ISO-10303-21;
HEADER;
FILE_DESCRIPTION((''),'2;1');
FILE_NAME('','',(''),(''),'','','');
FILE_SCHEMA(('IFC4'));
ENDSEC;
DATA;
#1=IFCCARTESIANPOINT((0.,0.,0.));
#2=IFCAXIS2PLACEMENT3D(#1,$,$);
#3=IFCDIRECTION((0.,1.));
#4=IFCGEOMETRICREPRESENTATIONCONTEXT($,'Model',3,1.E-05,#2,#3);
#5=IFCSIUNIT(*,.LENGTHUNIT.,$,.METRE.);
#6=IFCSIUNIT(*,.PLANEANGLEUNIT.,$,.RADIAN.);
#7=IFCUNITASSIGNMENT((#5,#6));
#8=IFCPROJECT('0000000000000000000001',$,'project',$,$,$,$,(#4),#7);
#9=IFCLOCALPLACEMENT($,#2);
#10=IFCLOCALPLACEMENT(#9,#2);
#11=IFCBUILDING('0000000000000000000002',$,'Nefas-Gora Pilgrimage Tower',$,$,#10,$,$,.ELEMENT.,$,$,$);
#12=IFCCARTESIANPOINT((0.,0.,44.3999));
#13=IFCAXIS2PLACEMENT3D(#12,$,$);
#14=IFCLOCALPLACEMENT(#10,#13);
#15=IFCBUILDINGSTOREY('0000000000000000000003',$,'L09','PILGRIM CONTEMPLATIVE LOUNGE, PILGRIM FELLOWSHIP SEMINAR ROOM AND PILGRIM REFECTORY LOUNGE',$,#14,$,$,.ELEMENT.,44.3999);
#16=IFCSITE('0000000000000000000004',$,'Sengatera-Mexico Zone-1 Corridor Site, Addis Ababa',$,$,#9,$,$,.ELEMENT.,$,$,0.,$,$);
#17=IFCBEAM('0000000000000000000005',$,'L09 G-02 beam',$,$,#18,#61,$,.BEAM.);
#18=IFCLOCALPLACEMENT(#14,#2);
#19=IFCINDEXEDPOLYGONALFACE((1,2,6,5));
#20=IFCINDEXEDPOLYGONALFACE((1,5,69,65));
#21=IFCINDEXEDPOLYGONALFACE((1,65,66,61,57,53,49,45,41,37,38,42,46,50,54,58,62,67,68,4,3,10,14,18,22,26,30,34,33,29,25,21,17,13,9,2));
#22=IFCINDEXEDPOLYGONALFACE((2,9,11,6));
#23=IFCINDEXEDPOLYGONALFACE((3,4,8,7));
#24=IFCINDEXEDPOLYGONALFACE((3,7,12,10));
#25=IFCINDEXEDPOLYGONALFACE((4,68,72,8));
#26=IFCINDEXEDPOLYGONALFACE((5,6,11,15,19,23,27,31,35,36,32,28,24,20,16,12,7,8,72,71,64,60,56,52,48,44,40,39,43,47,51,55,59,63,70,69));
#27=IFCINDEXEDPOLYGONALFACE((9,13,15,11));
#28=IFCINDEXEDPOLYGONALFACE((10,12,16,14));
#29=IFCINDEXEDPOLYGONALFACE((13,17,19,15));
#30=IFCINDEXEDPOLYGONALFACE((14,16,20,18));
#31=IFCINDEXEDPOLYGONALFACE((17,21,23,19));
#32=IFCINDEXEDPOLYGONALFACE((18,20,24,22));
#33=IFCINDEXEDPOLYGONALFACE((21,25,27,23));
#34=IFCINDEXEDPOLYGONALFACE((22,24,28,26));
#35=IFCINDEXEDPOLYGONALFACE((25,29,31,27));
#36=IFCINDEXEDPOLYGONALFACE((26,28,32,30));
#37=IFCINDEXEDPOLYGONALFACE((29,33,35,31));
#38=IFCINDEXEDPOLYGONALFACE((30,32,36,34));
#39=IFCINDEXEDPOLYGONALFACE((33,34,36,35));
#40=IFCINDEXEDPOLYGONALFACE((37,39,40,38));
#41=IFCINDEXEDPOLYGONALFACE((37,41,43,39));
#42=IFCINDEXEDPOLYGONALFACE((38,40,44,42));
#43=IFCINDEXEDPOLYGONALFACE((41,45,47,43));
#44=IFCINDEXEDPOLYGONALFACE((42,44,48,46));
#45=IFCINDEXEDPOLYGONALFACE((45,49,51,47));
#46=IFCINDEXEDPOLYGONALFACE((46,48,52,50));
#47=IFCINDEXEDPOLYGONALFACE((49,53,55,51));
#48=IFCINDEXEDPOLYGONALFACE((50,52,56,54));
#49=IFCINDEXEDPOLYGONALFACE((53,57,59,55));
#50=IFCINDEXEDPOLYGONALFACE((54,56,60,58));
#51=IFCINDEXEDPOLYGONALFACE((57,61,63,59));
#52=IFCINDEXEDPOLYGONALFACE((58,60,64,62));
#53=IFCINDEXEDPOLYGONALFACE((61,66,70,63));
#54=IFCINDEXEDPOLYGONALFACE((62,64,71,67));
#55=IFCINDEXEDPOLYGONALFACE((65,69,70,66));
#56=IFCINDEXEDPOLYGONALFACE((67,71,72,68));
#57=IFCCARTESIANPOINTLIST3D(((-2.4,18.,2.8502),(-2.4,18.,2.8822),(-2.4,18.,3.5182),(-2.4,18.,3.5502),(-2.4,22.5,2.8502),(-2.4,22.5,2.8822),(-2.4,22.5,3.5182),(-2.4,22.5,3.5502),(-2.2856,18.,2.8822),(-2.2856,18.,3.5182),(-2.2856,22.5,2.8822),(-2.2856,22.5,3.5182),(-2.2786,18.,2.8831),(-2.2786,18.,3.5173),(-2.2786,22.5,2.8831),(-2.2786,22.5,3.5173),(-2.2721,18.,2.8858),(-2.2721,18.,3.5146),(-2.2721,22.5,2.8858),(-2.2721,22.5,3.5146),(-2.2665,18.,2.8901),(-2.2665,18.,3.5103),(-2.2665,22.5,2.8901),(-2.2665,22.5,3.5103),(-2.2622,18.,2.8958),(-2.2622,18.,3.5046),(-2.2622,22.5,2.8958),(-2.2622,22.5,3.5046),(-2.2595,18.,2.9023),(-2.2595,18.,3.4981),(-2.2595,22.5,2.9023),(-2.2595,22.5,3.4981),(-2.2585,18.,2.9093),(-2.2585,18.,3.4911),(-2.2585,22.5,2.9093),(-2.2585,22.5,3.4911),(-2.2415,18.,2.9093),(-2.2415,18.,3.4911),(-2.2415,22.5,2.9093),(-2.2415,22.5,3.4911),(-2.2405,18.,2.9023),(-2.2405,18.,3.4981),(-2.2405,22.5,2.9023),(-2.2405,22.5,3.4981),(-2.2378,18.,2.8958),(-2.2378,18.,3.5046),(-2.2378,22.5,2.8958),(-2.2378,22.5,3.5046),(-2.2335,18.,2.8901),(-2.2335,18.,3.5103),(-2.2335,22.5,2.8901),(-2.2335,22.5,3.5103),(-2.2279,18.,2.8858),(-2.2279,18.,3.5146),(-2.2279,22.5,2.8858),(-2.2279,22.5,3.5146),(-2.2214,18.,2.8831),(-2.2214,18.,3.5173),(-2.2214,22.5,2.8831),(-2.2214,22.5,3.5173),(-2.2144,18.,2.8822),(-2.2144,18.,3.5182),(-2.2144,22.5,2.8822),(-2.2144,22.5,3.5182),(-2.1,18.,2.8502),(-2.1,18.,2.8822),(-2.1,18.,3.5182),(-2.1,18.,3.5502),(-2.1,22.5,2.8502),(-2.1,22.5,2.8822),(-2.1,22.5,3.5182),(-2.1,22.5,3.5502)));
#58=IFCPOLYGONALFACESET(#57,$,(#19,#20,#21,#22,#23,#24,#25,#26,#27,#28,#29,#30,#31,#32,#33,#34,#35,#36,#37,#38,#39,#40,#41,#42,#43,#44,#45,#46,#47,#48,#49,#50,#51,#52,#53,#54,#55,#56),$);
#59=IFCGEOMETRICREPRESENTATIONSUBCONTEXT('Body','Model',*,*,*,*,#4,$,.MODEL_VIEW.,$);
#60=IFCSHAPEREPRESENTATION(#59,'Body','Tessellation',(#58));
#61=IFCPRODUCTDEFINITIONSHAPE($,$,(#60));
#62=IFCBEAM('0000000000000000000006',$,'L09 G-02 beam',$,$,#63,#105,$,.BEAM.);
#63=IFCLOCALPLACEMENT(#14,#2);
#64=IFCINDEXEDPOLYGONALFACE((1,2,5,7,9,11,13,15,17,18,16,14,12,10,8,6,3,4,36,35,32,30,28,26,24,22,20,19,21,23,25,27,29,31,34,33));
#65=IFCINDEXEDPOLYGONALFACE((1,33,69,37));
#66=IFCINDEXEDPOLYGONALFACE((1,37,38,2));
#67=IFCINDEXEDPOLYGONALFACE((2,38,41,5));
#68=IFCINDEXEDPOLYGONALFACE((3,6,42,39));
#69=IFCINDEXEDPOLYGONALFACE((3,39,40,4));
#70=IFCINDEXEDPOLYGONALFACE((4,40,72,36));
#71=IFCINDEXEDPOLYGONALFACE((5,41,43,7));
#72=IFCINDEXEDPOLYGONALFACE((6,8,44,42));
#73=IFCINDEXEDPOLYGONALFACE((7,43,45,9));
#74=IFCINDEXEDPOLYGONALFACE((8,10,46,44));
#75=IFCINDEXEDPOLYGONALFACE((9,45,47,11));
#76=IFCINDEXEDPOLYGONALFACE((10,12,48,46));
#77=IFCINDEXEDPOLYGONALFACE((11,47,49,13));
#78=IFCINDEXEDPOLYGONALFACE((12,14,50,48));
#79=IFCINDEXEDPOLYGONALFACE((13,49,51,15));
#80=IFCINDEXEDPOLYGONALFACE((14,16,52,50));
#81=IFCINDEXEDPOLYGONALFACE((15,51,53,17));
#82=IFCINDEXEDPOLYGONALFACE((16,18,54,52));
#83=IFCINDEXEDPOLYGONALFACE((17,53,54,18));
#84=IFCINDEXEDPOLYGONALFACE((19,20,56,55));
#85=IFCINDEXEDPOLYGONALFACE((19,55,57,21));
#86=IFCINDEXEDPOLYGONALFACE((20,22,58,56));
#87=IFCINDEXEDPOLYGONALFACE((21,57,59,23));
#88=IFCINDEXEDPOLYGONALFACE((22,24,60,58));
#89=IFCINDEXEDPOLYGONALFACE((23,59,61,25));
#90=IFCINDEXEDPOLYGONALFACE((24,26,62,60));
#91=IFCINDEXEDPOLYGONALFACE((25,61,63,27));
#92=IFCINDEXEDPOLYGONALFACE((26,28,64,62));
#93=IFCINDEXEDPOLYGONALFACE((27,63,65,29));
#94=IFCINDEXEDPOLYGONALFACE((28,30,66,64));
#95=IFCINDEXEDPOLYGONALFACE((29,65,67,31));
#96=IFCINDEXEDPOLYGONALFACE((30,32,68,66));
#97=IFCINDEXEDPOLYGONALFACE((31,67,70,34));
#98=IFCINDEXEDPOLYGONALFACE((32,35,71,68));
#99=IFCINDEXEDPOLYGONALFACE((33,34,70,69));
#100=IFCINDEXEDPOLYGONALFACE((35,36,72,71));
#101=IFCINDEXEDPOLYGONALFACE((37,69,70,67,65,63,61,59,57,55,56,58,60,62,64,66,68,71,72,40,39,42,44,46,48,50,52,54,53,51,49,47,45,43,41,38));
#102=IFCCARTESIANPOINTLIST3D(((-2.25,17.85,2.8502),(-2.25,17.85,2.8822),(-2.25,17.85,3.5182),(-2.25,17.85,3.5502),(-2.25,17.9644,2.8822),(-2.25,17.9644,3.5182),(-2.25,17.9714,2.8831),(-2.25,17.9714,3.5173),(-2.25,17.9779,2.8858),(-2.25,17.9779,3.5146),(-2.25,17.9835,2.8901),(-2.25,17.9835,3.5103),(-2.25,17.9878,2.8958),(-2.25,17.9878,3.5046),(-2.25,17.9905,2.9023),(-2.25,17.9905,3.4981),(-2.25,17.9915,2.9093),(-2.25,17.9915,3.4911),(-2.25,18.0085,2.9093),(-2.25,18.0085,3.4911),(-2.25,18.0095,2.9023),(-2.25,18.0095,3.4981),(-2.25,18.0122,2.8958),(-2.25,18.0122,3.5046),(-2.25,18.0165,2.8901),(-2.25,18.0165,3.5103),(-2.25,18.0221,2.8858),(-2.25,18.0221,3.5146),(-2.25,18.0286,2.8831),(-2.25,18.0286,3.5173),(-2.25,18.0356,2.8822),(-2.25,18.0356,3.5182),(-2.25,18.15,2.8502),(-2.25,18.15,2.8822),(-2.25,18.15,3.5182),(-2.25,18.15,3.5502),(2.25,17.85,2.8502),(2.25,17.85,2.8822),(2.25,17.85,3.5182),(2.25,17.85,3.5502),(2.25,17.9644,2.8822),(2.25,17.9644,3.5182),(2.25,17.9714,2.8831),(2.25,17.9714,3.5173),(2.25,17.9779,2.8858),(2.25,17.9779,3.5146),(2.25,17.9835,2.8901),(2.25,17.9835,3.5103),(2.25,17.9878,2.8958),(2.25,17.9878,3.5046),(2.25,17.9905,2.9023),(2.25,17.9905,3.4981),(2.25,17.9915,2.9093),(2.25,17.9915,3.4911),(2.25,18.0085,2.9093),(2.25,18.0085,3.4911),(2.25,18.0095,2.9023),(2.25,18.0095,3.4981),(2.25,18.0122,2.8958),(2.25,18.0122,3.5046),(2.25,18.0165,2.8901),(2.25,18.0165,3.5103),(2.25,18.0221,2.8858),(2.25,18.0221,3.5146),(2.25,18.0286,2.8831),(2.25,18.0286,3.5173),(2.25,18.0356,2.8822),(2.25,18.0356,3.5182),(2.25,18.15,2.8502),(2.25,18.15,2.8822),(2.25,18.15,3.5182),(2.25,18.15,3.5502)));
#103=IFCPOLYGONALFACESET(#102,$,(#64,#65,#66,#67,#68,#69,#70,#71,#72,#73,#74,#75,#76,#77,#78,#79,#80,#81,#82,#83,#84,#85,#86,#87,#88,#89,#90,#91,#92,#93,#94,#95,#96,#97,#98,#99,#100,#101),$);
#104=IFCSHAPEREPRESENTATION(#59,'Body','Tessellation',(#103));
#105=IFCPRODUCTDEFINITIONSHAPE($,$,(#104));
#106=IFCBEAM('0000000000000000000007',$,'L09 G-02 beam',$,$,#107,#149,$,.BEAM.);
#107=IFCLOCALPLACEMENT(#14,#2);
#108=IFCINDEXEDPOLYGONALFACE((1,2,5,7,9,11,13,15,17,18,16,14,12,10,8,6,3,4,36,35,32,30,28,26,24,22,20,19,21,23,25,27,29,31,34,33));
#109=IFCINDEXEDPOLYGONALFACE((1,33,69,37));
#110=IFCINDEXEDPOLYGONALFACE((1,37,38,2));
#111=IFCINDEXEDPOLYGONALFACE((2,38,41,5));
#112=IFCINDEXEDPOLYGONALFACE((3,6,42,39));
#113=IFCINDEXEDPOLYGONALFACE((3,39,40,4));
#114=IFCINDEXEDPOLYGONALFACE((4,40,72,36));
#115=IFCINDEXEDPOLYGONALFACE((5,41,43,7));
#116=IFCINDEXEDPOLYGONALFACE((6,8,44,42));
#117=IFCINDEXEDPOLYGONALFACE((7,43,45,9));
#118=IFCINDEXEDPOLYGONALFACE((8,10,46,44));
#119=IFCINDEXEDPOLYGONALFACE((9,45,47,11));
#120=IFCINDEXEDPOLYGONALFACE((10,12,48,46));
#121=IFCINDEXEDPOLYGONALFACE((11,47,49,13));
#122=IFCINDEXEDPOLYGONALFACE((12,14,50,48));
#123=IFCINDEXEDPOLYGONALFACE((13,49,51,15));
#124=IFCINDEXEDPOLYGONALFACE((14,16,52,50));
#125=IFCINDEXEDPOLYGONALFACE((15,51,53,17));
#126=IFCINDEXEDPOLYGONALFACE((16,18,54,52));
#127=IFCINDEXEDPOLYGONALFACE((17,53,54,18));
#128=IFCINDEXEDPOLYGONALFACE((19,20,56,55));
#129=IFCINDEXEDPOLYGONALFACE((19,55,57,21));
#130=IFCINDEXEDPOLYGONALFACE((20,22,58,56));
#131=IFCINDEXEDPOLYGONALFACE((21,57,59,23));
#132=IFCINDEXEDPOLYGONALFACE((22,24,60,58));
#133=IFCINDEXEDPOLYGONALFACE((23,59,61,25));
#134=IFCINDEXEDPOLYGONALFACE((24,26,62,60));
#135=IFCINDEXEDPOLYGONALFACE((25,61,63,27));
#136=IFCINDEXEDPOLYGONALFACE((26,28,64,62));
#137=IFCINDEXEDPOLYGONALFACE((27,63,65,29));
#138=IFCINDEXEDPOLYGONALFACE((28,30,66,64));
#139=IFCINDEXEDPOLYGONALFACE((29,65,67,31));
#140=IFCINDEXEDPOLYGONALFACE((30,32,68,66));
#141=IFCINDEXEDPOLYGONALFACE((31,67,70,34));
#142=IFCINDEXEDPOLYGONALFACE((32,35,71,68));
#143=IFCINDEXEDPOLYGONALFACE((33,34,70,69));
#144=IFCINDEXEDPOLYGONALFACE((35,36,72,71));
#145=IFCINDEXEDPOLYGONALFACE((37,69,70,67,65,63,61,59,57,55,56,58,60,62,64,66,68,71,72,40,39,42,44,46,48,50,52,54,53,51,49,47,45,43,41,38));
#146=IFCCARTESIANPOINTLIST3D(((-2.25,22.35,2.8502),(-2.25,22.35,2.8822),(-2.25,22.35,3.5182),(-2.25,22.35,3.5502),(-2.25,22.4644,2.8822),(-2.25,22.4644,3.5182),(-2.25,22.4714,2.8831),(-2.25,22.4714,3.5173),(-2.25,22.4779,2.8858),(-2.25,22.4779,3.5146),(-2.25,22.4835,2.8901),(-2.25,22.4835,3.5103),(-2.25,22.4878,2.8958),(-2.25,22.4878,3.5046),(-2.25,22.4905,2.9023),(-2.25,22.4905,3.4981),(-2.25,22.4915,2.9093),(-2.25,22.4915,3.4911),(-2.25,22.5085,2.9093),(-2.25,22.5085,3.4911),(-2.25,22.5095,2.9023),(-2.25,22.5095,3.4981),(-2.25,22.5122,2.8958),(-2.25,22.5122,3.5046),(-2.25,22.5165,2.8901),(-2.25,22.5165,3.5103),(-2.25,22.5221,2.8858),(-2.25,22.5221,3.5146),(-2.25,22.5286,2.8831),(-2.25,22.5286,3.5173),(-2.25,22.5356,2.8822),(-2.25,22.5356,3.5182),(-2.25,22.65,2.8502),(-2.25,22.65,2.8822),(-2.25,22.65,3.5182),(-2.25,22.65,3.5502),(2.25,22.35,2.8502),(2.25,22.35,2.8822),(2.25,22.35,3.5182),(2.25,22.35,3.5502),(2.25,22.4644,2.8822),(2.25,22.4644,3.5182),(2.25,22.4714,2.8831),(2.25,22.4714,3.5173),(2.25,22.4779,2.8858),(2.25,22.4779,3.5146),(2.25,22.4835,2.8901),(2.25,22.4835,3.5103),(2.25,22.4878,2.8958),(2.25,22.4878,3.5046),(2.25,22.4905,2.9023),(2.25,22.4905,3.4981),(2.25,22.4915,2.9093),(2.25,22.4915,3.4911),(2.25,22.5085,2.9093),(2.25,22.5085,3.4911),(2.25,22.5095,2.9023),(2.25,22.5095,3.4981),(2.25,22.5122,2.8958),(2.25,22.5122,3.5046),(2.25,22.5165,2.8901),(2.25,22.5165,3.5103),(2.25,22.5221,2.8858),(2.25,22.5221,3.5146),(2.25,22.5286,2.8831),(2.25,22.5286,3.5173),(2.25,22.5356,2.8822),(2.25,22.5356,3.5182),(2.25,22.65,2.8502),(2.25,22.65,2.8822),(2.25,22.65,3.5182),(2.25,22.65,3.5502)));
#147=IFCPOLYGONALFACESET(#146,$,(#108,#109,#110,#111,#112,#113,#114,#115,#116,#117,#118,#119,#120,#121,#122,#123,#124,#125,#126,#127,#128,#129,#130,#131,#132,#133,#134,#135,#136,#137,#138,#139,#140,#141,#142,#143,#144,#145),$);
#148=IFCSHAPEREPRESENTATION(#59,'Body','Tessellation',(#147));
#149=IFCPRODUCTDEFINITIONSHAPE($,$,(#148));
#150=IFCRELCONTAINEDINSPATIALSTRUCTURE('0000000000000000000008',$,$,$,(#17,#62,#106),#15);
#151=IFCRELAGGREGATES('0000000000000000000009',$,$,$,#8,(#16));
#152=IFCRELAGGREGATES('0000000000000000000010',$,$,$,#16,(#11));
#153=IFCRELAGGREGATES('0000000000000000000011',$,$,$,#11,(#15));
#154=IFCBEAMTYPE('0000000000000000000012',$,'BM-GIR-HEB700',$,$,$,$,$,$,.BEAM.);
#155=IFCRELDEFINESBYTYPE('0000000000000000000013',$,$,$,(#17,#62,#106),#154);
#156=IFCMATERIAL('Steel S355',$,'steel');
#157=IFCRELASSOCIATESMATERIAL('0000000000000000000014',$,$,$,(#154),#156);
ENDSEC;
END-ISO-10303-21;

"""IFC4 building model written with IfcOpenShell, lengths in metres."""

from ifc_helpers import new_model, si_unit, direction, frame, origin, origin_2d, place, context, subcontext, project, spatial, i_section, extrude, source, transform, mapped, material, material_profile, profile_set, type_object, element, save


model = new_model("IFC4")

# Units and contexts
model_context = context("Model", 3, precision=1e-05, world=origin(), true_north=direction((0.0, 1.0)))
body_context = subcontext(model_context, "Body", "Model", "MODEL_VIEW")
ifc_project = project(units=[si_unit("LENGTHUNIT", "METRE"), si_unit("PLANEANGLEUNIT", "RADIAN")], contexts=[model_context])

# Site, building, storey
site_placement = place(None, origin())
site = spatial("IfcSite", under=ifc_project, at=site_placement, Name="Sengatera-Mexico Zone-1 Corridor Site, Addis Ababa", CompositionType="ELEMENT", RefElevation=0.0)
building_placement = place(site_placement, origin())
building = spatial("IfcBuilding", under=site, at=building_placement, Name="Nefas-Gora Pilgrimage Tower", CompositionType="ELEMENT")
storey_placement = place(building_placement, frame((0.0, 0.0, 44.3999)))
storey = spatial("IfcBuildingStorey", under=building, at=storey_placement, Name="L09", Description="PILGRIM CONTEMPLATIVE LOUNGE, PILGRIM FELLOWSHIP SEMINAR ROOM AND PILGRIM REFECTORY LOUNGE", CompositionType="ELEMENT", Elevation=44.3999)

# Beams
ifc_material_1 = material(Name="Steel S355", Category="steel")
ifc_material_profile_1 = material_profile(ifc_material_1, i_section(OverallWidth=0.3, OverallDepth=0.7, WebThickness=0.0171, FlangeThickness=0.032, FilletRadius=0.0271, at=origin_2d()), Name="HEB 700")
ifc_profile_set_1 = profile_set([ifc_material_profile_1], Name="Steel S355")
beam_type_1 = type_object("IfcBeamType", Name="BM-GIR-HEB700", PredefinedType="BEAM", material=ifc_profile_set_1)
shared_shape_1 = source(origin(), body_context, "Body", "SweptSolid", [
    extrude(i_section(OverallWidth=0.3, OverallDepth=0.7, WebThickness=0.0171, FlangeThickness=0.032, FilletRadius=0.0271, at=origin_2d()), origin(), (0.0, 0.0, 1.0), 4.5),
])
for number, where, z_axis, x_axis, name in (
    (1, (-2.25, 18.0, 3.2002), (0.0, 1.0, 0.0), (-1.0, 0.0, 0.0), "L09 G-02 beam"),
    (2, (-2.25, 18.0, 3.2002), (1.0, 0.0, 0.0), (0.0, 1.0, 0.0), "L09 G-02 beam"),
    (3, (-2.25, 22.5, 3.2002), (1.0, 0.0, 0.0), (0.0, 1.0, 0.0), "L09 G-02 beam"),
):
    element("IfcBeam", number, at=place(storey_placement, frame(where, z_axis=z_axis, x_axis=x_axis)), inside=storey, type_object=beam_type_1, Name=name, PredefinedType="BEAM", context=body_context, shape_type="MappedRepresentation", body=[
        mapped(shared_shape_1, transform((0.0, 0.0, 0.0), x_axis=(1.0, 0.0, 0.0), y_axis=(0.0, 1.0, 0.0), z_axis=(0.0, 0.0, 1.0), scale=1.0)),
    ])

save(model, "model.ifc")
